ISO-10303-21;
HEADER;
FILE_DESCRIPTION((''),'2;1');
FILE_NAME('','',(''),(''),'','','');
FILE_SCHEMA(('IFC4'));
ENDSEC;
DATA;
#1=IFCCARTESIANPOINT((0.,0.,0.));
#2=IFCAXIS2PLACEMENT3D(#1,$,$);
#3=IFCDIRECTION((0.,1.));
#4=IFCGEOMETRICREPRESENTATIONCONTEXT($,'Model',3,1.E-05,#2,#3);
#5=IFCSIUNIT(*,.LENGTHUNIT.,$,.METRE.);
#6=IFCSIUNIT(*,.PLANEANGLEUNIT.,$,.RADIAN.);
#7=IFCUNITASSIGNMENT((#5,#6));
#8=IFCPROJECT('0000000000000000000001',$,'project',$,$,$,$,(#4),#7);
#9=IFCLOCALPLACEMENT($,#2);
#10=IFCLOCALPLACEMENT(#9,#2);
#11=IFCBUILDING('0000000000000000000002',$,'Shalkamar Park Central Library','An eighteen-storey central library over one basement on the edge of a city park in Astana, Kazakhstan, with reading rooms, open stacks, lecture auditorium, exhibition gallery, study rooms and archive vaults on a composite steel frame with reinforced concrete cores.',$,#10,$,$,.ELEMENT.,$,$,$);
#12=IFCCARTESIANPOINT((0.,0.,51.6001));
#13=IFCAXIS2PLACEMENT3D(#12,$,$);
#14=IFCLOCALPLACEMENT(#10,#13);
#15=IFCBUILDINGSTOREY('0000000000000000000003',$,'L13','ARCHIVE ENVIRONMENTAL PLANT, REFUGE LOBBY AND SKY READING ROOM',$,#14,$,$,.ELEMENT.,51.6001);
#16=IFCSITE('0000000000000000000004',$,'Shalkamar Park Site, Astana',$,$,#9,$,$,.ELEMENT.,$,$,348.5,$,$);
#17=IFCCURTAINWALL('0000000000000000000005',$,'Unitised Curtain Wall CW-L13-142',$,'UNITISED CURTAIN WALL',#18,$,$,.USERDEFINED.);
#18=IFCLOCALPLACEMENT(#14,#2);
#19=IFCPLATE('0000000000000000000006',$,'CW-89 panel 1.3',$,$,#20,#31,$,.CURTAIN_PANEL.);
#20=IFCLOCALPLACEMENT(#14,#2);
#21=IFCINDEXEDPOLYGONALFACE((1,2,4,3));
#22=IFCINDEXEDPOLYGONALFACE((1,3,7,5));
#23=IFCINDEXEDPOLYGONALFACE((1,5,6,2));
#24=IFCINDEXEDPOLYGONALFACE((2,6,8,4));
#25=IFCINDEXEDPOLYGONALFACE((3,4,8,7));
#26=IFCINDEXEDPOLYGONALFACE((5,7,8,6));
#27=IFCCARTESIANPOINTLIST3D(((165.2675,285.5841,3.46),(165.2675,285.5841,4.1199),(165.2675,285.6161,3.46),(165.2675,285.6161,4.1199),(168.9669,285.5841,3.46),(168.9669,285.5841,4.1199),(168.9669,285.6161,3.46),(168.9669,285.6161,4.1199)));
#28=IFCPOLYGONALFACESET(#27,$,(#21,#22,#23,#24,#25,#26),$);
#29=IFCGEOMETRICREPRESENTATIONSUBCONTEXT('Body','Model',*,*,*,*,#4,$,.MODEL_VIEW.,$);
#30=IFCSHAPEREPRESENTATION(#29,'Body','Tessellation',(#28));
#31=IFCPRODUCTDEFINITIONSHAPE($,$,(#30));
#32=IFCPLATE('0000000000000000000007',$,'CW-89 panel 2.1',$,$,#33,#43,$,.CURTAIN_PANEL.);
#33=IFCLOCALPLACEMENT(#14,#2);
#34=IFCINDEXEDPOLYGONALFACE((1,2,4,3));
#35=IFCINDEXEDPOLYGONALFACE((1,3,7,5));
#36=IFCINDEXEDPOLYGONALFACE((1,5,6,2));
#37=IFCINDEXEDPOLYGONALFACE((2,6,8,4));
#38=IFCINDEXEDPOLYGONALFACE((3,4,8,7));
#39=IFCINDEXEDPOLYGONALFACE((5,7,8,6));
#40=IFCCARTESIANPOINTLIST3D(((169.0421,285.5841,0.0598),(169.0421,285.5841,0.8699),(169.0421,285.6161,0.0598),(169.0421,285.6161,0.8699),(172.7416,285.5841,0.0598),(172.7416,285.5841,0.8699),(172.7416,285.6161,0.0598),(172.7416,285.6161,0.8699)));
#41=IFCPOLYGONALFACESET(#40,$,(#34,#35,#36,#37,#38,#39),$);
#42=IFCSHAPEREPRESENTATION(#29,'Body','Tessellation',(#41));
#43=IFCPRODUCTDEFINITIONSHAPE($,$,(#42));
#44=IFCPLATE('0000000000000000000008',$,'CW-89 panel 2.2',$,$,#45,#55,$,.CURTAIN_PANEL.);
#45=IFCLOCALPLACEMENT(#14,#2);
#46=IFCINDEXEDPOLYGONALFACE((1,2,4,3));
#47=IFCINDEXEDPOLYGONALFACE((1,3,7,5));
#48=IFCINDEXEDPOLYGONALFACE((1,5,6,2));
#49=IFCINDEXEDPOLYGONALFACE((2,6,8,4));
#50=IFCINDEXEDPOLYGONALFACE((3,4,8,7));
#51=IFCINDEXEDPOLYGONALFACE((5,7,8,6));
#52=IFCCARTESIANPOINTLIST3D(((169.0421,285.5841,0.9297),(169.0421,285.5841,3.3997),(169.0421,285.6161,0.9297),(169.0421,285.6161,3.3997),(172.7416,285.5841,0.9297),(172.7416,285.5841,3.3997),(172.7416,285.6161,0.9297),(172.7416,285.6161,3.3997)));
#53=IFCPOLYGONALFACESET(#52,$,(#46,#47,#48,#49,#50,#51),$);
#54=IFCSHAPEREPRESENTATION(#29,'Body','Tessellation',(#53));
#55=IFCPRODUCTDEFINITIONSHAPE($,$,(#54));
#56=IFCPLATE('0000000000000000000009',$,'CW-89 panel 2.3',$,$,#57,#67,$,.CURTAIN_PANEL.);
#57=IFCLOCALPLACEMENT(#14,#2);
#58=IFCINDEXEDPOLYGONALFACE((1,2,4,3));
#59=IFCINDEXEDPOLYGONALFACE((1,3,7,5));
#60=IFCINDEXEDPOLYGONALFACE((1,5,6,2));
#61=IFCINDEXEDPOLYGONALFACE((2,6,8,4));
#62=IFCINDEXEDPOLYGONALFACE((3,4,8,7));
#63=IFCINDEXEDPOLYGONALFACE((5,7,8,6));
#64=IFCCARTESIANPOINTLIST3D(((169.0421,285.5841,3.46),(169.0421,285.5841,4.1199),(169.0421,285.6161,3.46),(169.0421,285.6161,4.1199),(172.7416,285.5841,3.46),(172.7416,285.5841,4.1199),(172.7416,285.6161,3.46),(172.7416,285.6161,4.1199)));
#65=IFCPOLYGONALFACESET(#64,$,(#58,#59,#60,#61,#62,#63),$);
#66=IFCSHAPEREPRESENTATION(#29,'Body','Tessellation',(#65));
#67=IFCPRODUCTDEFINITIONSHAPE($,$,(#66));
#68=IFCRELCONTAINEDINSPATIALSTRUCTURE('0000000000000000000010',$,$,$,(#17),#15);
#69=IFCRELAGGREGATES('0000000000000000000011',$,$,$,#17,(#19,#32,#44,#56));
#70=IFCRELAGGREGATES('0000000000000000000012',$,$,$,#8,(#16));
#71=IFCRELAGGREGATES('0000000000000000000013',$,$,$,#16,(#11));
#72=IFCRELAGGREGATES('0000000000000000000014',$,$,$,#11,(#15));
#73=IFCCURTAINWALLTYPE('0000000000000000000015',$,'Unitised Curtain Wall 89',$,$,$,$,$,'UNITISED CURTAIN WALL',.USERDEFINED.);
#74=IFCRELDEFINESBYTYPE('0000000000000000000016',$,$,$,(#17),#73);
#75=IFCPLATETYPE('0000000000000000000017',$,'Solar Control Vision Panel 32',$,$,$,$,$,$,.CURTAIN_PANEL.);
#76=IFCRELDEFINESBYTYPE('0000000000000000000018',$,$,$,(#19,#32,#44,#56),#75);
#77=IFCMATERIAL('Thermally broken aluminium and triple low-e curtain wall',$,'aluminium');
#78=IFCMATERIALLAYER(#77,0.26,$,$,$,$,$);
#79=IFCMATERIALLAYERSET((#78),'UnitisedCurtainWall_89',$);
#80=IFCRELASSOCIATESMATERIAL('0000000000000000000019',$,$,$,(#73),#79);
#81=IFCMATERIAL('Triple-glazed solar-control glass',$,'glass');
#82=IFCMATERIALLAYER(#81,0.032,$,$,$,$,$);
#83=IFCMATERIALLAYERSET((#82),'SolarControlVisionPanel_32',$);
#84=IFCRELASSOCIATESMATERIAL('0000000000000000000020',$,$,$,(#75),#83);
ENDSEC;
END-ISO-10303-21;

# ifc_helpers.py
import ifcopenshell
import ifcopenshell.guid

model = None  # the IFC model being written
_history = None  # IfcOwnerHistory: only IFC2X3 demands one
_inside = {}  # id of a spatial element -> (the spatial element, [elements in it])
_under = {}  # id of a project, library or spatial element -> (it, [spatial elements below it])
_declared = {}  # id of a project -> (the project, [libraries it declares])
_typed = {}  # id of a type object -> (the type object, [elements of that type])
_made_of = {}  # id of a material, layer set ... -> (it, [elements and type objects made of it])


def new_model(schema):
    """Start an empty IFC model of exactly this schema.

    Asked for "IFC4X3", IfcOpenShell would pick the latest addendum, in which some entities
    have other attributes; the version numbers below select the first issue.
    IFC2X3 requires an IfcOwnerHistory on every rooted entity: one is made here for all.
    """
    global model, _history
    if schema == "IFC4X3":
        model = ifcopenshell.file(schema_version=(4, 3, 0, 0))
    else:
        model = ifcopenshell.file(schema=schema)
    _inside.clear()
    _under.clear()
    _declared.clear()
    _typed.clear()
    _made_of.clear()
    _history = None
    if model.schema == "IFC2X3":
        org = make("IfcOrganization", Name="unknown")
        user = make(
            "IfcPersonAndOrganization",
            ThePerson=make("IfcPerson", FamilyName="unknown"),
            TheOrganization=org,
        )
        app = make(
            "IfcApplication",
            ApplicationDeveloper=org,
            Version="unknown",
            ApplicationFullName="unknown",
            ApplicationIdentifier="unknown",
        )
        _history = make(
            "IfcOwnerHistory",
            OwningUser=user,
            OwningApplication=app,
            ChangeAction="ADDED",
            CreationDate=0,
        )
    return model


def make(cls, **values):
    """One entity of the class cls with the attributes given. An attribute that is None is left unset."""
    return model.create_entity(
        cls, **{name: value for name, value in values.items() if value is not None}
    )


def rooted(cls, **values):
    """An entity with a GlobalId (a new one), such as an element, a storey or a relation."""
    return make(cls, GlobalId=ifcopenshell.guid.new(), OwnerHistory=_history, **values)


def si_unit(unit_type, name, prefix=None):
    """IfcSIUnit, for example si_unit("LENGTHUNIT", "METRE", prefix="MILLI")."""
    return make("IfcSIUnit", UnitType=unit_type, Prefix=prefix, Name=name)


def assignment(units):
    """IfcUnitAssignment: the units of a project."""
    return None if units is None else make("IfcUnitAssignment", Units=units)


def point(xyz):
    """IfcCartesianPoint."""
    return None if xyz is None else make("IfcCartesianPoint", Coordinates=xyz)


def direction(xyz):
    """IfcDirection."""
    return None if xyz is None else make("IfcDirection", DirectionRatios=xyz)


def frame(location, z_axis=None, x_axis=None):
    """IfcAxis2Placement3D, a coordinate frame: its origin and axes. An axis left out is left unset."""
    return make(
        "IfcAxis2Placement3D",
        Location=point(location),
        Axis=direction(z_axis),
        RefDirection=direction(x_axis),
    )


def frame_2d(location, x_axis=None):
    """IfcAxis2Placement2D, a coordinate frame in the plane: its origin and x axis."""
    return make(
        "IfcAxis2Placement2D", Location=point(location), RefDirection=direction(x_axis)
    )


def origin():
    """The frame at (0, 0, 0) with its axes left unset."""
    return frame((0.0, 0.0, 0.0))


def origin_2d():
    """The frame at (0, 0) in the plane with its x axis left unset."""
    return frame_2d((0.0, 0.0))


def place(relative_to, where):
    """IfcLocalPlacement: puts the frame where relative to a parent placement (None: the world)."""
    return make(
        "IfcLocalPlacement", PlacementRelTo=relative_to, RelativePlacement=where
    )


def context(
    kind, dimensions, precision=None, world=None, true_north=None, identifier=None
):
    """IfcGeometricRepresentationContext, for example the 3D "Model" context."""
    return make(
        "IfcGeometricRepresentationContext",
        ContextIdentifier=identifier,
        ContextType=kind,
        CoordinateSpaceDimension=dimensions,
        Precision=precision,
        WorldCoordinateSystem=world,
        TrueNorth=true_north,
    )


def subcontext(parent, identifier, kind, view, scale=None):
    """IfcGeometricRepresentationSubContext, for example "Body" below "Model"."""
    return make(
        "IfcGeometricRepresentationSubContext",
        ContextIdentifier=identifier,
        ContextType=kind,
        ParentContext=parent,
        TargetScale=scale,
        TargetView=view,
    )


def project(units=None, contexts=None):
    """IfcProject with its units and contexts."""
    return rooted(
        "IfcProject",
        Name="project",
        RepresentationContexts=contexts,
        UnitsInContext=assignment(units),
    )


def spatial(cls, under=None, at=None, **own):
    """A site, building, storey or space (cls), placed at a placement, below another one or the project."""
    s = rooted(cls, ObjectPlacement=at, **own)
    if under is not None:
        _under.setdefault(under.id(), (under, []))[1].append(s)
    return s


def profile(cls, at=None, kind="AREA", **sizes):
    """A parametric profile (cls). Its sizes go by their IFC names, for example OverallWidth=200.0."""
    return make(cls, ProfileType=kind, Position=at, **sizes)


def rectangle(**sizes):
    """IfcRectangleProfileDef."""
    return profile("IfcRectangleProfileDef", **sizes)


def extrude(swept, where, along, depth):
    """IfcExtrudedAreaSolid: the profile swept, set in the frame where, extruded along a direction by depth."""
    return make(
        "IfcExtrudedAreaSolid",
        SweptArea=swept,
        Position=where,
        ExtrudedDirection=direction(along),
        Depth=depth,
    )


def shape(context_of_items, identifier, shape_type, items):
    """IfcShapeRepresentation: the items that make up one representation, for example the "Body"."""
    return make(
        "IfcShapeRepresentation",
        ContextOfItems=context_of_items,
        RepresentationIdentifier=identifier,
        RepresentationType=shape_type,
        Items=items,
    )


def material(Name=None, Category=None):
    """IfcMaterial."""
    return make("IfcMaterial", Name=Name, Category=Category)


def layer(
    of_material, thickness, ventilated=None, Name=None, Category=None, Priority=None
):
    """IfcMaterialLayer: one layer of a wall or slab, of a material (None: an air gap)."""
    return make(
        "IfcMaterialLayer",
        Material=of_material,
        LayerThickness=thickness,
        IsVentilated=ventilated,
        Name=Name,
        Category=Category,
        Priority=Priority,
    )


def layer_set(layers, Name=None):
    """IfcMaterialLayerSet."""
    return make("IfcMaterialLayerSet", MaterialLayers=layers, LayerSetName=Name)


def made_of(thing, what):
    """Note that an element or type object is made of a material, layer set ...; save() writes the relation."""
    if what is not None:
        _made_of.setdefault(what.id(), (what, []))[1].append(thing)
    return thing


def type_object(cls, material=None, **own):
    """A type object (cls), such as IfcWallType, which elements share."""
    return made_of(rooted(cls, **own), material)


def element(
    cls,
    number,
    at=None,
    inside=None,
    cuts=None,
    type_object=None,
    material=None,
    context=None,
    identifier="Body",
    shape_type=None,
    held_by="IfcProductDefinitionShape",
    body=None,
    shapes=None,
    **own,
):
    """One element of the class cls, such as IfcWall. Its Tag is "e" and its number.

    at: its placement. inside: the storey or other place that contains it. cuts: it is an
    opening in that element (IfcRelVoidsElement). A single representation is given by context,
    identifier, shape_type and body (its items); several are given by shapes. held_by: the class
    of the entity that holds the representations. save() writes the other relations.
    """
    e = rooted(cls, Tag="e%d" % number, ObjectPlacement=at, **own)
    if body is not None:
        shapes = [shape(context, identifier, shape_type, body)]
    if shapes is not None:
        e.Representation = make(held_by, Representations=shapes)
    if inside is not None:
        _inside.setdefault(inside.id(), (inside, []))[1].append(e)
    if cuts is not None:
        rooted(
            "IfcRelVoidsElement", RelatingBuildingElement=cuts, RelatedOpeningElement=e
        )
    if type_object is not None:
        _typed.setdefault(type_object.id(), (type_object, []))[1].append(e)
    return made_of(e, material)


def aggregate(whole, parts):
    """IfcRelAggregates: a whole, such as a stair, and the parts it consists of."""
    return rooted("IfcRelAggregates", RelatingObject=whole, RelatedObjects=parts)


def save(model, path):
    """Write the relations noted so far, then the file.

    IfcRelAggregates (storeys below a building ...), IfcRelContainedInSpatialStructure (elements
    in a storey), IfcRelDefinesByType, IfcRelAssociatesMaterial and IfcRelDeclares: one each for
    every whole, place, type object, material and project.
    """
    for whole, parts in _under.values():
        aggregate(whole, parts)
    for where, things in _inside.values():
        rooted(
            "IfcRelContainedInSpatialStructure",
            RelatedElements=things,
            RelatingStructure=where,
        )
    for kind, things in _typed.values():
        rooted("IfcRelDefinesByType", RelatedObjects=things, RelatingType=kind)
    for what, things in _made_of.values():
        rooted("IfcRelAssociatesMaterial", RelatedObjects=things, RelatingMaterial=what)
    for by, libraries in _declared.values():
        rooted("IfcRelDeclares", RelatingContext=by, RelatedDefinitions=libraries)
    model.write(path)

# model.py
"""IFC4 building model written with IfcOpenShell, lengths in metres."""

from ifc_helpers import new_model, si_unit, direction, frame, origin, origin_2d, place, context, subcontext, project, spatial, rectangle, extrude, material, layer, layer_set, type_object, element, aggregate, save


model = new_model("IFC4")

# Units and contexts
model_context = context("Model", 3, precision=1e-05, world=origin(), true_north=direction((0.0, 1.0)))
body_context = subcontext(model_context, "Body", "Model", "MODEL_VIEW")
ifc_project = project(units=[si_unit("LENGTHUNIT", "METRE"), si_unit("PLANEANGLEUNIT", "RADIAN")], contexts=[model_context])

# Site, building, storey
site_placement = place(None, origin())
site = spatial("IfcSite", under=ifc_project, at=site_placement, Name="Shalkamar Park Site, Astana", CompositionType="ELEMENT", RefElevation=348.5)
building_placement = place(site_placement, origin())
building = spatial("IfcBuilding", under=site, at=building_placement, Name="Shalkamar Park Central Library", Description="An eighteen-storey central library over one basement on the edge of a city park in Astana, Kazakhstan, with reading rooms, open stacks, lecture auditorium, exhibition gallery, study rooms and archive vaults on a composite steel frame with reinforced concrete cores.", CompositionType="ELEMENT")
storey_placement = place(building_placement, frame((0.0, 0.0, 51.6001)))
storey = spatial("IfcBuildingStorey", under=building, at=storey_placement, Name="L13", Description="ARCHIVE ENVIRONMENTAL PLANT, REFUGE LOBBY AND SKY READING ROOM", CompositionType="ELEMENT", Elevation=51.6001)

# Curtain wall
ifc_material_1 = material(Name="Thermally broken aluminium and triple low-e curtain wall", Category="aluminium")
ifc_layer_1 = layer(ifc_material_1, 0.26)
ifc_layer_set_1 = layer_set([ifc_layer_1], Name="UnitisedCurtainWall_89")
curtain_wall_type_1 = type_object("IfcCurtainWallType", Name="Unitised Curtain Wall 89", ElementType="UNITISED CURTAIN WALL", PredefinedType="USERDEFINED", material=ifc_layer_set_1)
curtain_wall_1_placement = place(storey_placement, origin())
curtain_wall_1 = element("IfcCurtainWall", 1, at=curtain_wall_1_placement, inside=storey, type_object=curtain_wall_type_1, Name="Unitised Curtain Wall CW-L13-142", ObjectType="UNITISED CURTAIN WALL", PredefinedType="USERDEFINED")

# Plates
ifc_material_2 = material(Name="Triple-glazed solar-control glass", Category="glass")
ifc_layer_2 = layer(ifc_material_2, 0.032)
ifc_layer_set_2 = layer_set([ifc_layer_2], Name="SolarControlVisionPanel_32")
plate_type = type_object("IfcPlateType", Name="Solar Control Vision Panel 32", PredefinedType="CURTAIN_PANEL", material=ifc_layer_set_2)
plate_1_placement = place(storey_placement, frame((167.1172, 285.6001, 3.46), z_axis=(0.0, 0.0, 1.0), x_axis=(1.0, 0.0, 0.0)))
plate_1 = element("IfcPlate", 2, at=plate_1_placement, type_object=plate_type, Name="CW-89 panel 1.3", PredefinedType="CURTAIN_PANEL", context=body_context, shape_type="SweptSolid", body=[
    extrude(rectangle(XDim=3.6995, YDim=0.032, at=origin_2d()), origin(), (0.0, 0.0, 1.0), 0.6599),
])
plate_2_placement = place(storey_placement, frame((170.8918, 285.6001, 0.0598), z_axis=(0.0, 0.0, 1.0), x_axis=(1.0, 0.0, 0.0)))
plate_2 = element("IfcPlate", 3, at=plate_2_placement, type_object=plate_type, Name="CW-89 panel 2.1", PredefinedType="CURTAIN_PANEL", context=body_context, shape_type="SweptSolid", body=[
    extrude(rectangle(XDim=3.6995, YDim=0.032, at=origin_2d()), origin(), (0.0, 0.0, 1.0), 0.8101),
])
plate_3_placement = place(storey_placement, frame((170.8918, 285.6001, 0.9297), z_axis=(0.0, 0.0, 1.0), x_axis=(1.0, 0.0, 0.0)))
plate_3 = element("IfcPlate", 4, at=plate_3_placement, type_object=plate_type, Name="CW-89 panel 2.2", PredefinedType="CURTAIN_PANEL", context=body_context, shape_type="SweptSolid", body=[
    extrude(rectangle(XDim=3.6995, YDim=0.032, at=origin_2d()), origin(), (0.0, 0.0, 1.0), 2.47),
])
plate_4_placement = place(storey_placement, frame((170.8918, 285.6001, 3.46), z_axis=(0.0, 0.0, 1.0), x_axis=(1.0, 0.0, 0.0)))
plate_4 = element("IfcPlate", 5, at=plate_4_placement, type_object=plate_type, Name="CW-89 panel 2.3", PredefinedType="CURTAIN_PANEL", context=body_context, shape_type="SweptSolid", body=[
    extrude(rectangle(XDim=3.6995, YDim=0.032, at=origin_2d()), origin(), (0.0, 0.0, 1.0), 0.6599),
])
aggregate(curtain_wall_1, [plate_1, plate_2, plate_3, plate_4])

save(model, "model.ifc")
